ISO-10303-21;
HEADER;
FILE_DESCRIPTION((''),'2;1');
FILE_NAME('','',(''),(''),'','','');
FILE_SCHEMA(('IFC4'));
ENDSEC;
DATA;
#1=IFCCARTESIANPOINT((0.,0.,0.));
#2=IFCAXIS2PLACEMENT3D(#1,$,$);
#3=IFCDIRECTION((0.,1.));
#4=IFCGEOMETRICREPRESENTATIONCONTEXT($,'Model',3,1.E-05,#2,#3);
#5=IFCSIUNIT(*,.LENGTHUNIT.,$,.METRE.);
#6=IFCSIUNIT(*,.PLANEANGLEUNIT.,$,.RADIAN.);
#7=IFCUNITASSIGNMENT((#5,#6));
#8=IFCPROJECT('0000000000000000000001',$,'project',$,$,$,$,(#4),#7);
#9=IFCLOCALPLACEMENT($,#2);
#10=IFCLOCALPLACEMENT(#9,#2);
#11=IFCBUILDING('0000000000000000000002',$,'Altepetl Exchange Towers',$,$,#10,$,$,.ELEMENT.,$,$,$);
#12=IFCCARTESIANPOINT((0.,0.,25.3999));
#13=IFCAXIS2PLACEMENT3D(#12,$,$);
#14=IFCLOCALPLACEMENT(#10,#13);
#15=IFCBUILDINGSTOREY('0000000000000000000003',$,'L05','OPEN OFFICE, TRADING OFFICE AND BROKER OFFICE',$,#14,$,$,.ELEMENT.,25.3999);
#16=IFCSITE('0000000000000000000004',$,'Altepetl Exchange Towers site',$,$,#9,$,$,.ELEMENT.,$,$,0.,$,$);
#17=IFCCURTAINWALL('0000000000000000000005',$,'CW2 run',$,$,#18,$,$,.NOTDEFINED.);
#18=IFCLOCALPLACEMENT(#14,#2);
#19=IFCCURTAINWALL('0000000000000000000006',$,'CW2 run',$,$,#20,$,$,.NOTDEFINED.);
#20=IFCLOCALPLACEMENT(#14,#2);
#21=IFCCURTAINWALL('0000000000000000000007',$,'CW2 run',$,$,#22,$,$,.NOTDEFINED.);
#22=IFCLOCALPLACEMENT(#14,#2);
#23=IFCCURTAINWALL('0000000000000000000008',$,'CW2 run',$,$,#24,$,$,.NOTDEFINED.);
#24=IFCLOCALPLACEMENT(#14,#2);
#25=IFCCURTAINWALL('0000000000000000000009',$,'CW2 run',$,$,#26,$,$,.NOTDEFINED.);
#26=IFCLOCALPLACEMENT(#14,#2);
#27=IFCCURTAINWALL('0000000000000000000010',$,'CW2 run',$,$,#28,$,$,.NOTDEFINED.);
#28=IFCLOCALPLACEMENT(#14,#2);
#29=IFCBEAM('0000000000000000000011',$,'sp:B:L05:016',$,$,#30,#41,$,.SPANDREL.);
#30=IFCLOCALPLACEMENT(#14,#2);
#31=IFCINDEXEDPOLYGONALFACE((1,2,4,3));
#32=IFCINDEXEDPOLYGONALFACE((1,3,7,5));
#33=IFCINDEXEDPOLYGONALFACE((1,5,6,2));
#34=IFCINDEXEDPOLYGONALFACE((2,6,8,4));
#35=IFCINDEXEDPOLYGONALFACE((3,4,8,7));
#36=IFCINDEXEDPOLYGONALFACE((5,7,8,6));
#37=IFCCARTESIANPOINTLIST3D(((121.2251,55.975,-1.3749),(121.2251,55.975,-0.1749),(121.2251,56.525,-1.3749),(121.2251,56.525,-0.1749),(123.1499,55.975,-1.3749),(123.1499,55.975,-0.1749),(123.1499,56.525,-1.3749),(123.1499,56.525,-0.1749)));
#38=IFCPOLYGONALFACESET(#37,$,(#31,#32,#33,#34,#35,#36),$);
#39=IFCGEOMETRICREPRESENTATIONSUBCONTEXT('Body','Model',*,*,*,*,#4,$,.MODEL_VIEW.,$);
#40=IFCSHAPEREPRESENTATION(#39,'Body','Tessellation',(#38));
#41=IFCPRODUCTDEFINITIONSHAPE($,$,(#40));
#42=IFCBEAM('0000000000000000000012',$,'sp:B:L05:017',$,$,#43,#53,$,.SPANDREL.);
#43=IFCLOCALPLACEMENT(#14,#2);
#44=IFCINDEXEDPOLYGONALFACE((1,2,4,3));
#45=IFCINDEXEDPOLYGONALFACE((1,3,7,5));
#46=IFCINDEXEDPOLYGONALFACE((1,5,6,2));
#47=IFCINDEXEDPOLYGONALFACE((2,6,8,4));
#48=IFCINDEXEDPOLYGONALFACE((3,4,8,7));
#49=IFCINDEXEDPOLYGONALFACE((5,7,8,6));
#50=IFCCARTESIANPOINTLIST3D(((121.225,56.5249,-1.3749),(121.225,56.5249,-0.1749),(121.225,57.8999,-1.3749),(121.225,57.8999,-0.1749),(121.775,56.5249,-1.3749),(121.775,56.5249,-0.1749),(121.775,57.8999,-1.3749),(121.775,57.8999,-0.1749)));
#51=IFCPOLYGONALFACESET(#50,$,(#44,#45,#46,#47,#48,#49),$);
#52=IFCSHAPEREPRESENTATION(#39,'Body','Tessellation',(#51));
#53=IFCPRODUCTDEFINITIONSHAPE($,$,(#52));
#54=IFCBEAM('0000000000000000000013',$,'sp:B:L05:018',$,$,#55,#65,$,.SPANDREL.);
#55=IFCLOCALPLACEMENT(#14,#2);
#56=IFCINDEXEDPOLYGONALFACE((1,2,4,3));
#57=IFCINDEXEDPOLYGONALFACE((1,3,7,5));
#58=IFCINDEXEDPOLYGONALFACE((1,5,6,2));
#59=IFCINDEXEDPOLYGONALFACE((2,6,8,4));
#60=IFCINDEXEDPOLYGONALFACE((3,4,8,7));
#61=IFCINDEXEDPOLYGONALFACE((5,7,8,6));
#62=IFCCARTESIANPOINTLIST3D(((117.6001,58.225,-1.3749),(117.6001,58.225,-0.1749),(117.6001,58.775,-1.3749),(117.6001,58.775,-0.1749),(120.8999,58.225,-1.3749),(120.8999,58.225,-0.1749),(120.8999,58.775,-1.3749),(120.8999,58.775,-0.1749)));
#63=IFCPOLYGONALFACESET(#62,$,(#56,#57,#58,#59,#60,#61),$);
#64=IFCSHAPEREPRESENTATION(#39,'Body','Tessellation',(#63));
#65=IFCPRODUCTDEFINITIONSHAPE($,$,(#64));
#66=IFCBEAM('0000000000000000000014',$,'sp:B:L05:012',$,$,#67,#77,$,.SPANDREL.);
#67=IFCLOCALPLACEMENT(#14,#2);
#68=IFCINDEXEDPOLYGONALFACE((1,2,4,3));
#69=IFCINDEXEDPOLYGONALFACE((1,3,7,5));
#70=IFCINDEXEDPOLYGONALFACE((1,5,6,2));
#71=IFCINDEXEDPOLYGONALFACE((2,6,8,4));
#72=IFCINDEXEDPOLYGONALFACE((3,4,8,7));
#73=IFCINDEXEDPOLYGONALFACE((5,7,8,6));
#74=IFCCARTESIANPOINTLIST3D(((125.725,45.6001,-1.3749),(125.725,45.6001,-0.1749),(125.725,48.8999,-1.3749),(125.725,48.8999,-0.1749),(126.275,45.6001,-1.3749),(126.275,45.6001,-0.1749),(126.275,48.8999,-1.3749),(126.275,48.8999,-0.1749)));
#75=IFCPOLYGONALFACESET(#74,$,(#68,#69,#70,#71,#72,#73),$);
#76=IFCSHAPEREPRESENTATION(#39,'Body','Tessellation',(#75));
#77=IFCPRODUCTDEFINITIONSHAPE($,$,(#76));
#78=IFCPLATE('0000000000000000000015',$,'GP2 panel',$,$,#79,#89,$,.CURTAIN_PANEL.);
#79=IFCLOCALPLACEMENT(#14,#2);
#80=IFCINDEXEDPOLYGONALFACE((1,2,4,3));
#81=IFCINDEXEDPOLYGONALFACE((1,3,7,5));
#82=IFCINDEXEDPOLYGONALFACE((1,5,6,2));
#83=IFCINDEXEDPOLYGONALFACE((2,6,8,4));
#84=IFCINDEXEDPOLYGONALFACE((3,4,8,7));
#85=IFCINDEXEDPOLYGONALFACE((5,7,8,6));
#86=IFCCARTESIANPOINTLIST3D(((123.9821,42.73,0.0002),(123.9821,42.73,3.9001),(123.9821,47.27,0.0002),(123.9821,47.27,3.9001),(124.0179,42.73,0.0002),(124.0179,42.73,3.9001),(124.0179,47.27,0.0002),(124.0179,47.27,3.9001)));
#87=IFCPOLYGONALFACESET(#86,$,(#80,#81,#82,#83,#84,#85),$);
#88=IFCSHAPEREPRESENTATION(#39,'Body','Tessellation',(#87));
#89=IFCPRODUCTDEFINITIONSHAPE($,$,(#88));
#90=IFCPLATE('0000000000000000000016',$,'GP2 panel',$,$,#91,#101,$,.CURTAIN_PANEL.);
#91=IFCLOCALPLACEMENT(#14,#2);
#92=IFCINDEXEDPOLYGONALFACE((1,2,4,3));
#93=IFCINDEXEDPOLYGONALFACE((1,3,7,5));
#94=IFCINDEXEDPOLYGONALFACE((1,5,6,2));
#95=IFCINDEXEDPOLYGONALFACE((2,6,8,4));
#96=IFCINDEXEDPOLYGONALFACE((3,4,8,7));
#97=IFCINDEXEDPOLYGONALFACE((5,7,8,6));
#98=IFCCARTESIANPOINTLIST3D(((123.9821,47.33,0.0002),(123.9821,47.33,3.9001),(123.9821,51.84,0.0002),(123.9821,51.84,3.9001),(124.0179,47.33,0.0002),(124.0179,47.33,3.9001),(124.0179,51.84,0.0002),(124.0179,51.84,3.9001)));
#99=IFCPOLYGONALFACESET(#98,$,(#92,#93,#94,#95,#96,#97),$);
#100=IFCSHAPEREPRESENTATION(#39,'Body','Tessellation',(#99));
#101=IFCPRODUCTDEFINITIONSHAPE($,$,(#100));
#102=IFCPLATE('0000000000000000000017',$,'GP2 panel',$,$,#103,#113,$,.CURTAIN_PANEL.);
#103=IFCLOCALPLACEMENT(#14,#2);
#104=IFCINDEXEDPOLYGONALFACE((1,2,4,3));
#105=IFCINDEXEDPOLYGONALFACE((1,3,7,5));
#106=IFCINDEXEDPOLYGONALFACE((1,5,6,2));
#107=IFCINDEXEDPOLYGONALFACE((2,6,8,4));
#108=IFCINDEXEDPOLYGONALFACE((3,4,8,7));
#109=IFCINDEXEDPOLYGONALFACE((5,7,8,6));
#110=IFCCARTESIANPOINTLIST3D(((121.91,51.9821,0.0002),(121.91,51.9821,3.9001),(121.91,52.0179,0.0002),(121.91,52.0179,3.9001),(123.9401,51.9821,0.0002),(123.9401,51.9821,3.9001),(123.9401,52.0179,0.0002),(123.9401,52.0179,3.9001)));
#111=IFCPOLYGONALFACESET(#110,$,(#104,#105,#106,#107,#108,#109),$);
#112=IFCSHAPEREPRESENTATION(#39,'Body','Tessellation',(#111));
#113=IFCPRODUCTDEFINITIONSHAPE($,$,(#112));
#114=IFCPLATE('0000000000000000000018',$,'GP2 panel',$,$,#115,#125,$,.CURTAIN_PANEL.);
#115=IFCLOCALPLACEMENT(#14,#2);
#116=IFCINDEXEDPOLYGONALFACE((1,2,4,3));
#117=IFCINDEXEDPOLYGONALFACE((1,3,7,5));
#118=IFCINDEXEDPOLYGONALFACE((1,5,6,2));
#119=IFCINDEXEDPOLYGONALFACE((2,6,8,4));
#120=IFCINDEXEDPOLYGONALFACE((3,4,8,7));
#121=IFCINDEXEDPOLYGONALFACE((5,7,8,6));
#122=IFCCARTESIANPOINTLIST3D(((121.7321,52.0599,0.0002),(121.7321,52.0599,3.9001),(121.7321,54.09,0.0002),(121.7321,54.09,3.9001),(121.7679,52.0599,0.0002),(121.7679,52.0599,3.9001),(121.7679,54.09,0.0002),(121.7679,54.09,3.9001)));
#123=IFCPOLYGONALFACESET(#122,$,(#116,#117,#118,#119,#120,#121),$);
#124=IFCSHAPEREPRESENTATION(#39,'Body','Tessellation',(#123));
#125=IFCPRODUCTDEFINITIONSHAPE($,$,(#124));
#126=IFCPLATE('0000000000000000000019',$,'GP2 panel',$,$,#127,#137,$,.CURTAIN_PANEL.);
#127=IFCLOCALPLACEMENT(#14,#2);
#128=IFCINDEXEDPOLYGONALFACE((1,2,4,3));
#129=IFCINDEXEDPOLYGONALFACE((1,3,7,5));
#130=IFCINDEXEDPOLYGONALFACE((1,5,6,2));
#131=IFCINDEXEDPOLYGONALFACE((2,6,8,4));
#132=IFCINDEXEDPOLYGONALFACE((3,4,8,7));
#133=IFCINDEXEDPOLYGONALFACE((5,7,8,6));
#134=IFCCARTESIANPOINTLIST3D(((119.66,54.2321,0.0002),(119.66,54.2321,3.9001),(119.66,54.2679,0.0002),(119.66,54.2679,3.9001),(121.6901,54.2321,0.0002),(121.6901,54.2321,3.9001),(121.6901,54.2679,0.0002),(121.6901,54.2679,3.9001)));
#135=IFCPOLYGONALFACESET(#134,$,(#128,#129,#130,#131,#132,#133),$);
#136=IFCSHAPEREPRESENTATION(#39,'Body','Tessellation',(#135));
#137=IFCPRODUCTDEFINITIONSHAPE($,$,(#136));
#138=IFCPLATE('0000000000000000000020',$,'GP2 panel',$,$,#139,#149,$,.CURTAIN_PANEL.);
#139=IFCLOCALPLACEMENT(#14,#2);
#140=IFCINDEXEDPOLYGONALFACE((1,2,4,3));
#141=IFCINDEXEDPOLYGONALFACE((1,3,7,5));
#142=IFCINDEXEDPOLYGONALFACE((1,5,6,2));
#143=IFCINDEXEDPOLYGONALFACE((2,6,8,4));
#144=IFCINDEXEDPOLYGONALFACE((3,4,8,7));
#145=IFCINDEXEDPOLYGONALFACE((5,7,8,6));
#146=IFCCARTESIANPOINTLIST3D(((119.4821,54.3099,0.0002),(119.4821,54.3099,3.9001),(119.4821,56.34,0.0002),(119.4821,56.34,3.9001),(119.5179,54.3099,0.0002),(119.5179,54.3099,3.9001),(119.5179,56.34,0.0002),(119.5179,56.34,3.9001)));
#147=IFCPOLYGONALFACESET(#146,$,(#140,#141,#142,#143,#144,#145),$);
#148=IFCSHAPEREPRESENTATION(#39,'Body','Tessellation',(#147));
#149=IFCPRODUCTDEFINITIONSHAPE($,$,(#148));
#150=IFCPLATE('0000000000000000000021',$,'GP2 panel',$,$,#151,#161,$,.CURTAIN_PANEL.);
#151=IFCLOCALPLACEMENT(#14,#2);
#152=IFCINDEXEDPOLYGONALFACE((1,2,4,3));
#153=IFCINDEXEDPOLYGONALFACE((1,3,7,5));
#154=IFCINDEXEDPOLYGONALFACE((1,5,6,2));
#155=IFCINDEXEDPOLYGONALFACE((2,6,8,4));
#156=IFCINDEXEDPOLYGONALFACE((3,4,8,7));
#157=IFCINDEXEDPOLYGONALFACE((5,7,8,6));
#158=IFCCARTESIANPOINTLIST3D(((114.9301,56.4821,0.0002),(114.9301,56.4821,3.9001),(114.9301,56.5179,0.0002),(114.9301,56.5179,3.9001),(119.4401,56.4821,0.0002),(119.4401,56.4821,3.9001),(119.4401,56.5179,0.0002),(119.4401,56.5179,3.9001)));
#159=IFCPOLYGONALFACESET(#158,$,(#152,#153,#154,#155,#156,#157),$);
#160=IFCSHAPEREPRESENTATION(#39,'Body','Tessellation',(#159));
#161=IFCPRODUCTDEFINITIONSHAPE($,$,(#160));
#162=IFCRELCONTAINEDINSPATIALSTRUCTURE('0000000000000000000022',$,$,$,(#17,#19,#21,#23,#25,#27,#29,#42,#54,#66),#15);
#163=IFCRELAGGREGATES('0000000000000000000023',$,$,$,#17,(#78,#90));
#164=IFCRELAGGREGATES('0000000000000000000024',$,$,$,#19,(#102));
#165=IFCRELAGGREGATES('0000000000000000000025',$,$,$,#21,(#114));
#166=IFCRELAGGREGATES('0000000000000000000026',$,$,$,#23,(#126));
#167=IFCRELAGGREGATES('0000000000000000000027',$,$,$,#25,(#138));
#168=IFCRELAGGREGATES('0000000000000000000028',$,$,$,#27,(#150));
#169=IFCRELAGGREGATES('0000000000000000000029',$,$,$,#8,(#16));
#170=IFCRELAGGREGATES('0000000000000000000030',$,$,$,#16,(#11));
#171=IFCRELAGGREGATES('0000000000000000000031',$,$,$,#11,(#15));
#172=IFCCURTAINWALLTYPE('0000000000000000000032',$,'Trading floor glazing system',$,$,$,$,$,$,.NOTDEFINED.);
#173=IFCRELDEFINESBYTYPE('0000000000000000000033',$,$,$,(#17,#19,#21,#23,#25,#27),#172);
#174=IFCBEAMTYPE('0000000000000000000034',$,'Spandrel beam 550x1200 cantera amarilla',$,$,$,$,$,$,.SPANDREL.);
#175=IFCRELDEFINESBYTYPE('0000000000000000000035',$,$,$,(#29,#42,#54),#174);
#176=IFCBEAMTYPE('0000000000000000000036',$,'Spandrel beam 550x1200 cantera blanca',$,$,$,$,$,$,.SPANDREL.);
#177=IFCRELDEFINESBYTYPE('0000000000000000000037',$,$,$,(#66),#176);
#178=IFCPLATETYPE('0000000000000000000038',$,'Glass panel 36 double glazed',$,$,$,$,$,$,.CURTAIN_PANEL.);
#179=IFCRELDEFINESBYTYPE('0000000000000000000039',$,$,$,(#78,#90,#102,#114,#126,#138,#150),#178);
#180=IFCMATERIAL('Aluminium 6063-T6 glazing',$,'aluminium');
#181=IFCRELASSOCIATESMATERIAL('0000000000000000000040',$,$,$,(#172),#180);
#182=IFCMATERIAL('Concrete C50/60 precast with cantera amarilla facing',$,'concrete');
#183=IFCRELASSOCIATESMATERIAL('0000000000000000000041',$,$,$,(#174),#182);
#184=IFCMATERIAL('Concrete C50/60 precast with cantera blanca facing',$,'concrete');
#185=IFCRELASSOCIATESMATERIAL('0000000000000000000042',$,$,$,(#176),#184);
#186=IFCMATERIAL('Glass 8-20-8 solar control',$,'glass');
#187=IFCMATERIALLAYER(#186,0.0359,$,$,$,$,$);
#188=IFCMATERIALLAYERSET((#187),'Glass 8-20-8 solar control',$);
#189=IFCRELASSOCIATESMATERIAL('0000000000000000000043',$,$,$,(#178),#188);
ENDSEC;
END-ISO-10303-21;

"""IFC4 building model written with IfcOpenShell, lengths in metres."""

from ifc_helpers import new_model, si_unit, direction, frame, origin, origin_2d, place, context, subcontext, project, spatial, rectangle, extrude, material, layer, layer_set, material_profile, profile_set, type_object, element, aggregate, save


model = new_model("IFC4")

# Units and contexts
model_context = context("Model", 3, precision=1e-05, world=origin(), true_north=direction((0.0, 1.0)))
body_context = subcontext(model_context, "Body", "Model", "MODEL_VIEW")
ifc_project = project(units=[si_unit("LENGTHUNIT", "METRE"), si_unit("PLANEANGLEUNIT", "RADIAN")], contexts=[model_context])

# Site, building, storey
site_placement = place(None, origin())
site = spatial("IfcSite", under=ifc_project, at=site_placement, Name="Altepetl Exchange Towers site", CompositionType="ELEMENT", RefElevation=0.0)
building_placement = place(site_placement, origin())
building = spatial("IfcBuilding", under=site, at=building_placement, Name="Altepetl Exchange Towers", CompositionType="ELEMENT")
storey_placement = place(building_placement, frame((0.0, 0.0, 25.3999)))
storey = spatial("IfcBuildingStorey", under=building, at=storey_placement, Name="L05", Description="OPEN OFFICE, TRADING OFFICE AND BROKER OFFICE", CompositionType="ELEMENT", Elevation=25.3999)

# Curtain walls
ifc_material_1 = material(Name="Aluminium 6063-T6 glazing", Category="aluminium")
curtain_wall_type = type_object("IfcCurtainWallType", Name="Trading floor glazing system", PredefinedType="NOTDEFINED", material=ifc_material_1)
curtain_wall_1_placement = place(storey_placement, origin())
curtain_wall_1 = element("IfcCurtainWall", 1, at=curtain_wall_1_placement, inside=storey, type_object=curtain_wall_type, Name="CW2 run", PredefinedType="NOTDEFINED")
curtain_wall_2_placement = place(storey_placement, origin())
curtain_wall_2 = element("IfcCurtainWall", 2, at=curtain_wall_2_placement, inside=storey, type_object=curtain_wall_type, Name="CW2 run", PredefinedType="NOTDEFINED")
curtain_wall_3_placement = place(storey_placement, origin())
curtain_wall_3 = element("IfcCurtainWall", 3, at=curtain_wall_3_placement, inside=storey, type_object=curtain_wall_type, Name="CW2 run", PredefinedType="NOTDEFINED")
curtain_wall_4_placement = place(storey_placement, origin())
curtain_wall_4 = element("IfcCurtainWall", 4, at=curtain_wall_4_placement, inside=storey, type_object=curtain_wall_type, Name="CW2 run", PredefinedType="NOTDEFINED")
curtain_wall_5_placement = place(storey_placement, origin())
curtain_wall_5 = element("IfcCurtainWall", 5, at=curtain_wall_5_placement, inside=storey, type_object=curtain_wall_type, Name="CW2 run", PredefinedType="NOTDEFINED")

# Curtain wall
curtain_wall_6_placement = place(storey_placement, origin())
curtain_wall_6 = element("IfcCurtainWall", 6, at=curtain_wall_6_placement, inside=storey, type_object=curtain_wall_type, Name="CW2 run", PredefinedType="NOTDEFINED")

# Beams
ifc_material_2 = material(Name="Concrete C50/60 precast with cantera amarilla facing", Category="concrete")
ifc_material_profile_1 = material_profile(ifc_material_2, rectangle(XDim=0.55, YDim=1.2, at=origin_2d()), Name="550 x 1200")
ifc_profile_set_1 = profile_set([ifc_material_profile_1], Name="Concrete C50/60 precast with cantera amarilla facing")
beam_type_1 = type_object("IfcBeamType", Name="Spandrel beam 550x1200 cantera amarilla", PredefinedType="SPANDREL", material=ifc_profile_set_1)
beam_1_placement = place(storey_placement, frame((123.1499, 56.25, -0.7749), z_axis=(-1.0, 0.0, 0.0), x_axis=(0.0, -1.0, 0.0)))
element("IfcBeam", 7, at=beam_1_placement, inside=storey, type_object=beam_type_1, Name="sp:B:L05:016", PredefinedType="SPANDREL", context=body_context, shape_type="SweptSolid", body=[
    extrude(rectangle(XDim=0.55, YDim=1.2, at=origin_2d()), origin(), (0.0, 0.0, 1.0), 1.9248),
])
beam_2_placement = place(storey_placement, frame((121.5, 56.5249, -0.7749), z_axis=(0.0, 1.0, 0.0), x_axis=(-1.0, 0.0, 0.0)))
element("IfcBeam", 8, at=beam_2_placement, inside=storey, type_object=beam_type_1, Name="sp:B:L05:017", PredefinedType="SPANDREL", context=body_context, shape_type="SweptSolid", body=[
    extrude(rectangle(XDim=0.55, YDim=1.2, at=origin_2d()), origin(), (0.0, 0.0, 1.0), 1.375),
])
beam_3_placement = place(storey_placement, frame((120.8999, 58.5, -0.7749), z_axis=(-1.0, 0.0, 0.0), x_axis=(0.0, -1.0, 0.0)))
element("IfcBeam", 9, at=beam_3_placement, inside=storey, type_object=beam_type_1, Name="sp:B:L05:018", PredefinedType="SPANDREL", context=body_context, shape_type="SweptSolid", body=[
    extrude(rectangle(XDim=0.55, YDim=1.2, at=origin_2d()), origin(), (0.0, 0.0, 1.0), 3.2998),
])
ifc_material_3 = material(Name="Concrete C50/60 precast with cantera blanca facing", Category="concrete")
ifc_material_profile_2 = material_profile(ifc_material_3, rectangle(XDim=0.55, YDim=1.2, at=origin_2d()), Name="550 x 1200")
ifc_profile_set_2 = profile_set([ifc_material_profile_2], Name="Concrete C50/60 precast with cantera blanca facing")
beam_type_2 = type_object("IfcBeamType", Name="Spandrel beam 550x1200 cantera blanca", PredefinedType="SPANDREL", material=ifc_profile_set_2)
beam_4_placement = place(storey_placement, frame((126.0, 45.6001, -0.7749), z_axis=(0.0, 1.0, 0.0), x_axis=(-1.0, 0.0, 0.0)))
element("IfcBeam", 10, at=beam_4_placement, inside=storey, type_object=beam_type_2, Name="sp:B:L05:012", PredefinedType="SPANDREL", context=body_context, shape_type="SweptSolid", body=[
    extrude(rectangle(XDim=0.55, YDim=1.2, at=origin_2d()), origin(), (0.0, 0.0, 1.0), 3.2998),
])

# Plates
ifc_material_4 = material(Name="Glass 8-20-8 solar control", Category="glass")
ifc_layer = layer(ifc_material_4, 0.0359)
ifc_layer_set = layer_set([ifc_layer], Name="Glass 8-20-8 solar control")
plate_type = type_object("IfcPlateType", Name="Glass panel 36 double glazed", PredefinedType="CURTAIN_PANEL", material=ifc_layer_set)
plate_1_placement = place(storey_placement, frame((124.0, 45.0, 0.0002), z_axis=(0.0, 0.0, 1.0), x_axis=(0.0, 1.0, 0.0)))
plate_1 = element("IfcPlate", 11, at=plate_1_placement, type_object=plate_type, Name="GP2 panel", PredefinedType="CURTAIN_PANEL", context=body_context, shape_type="SweptSolid", body=[
    extrude(rectangle(XDim=4.54, YDim=0.0359, at=origin_2d()), origin(), (0.0, 0.0, 1.0), 3.8999),
])
plate_2_placement = place(storey_placement, frame((124.0, 49.585, 0.0002), z_axis=(0.0, 0.0, 1.0), x_axis=(0.0, 1.0, 0.0)))
plate_2 = element("IfcPlate", 12, at=plate_2_placement, type_object=plate_type, Name="GP2 panel", PredefinedType="CURTAIN_PANEL", context=body_context, shape_type="SweptSolid", body=[
    extrude(rectangle(XDim=4.51, YDim=0.0359, at=origin_2d()), origin(), (0.0, 0.0, 1.0), 3.8999),
])
aggregate(curtain_wall_1, [plate_1, plate_2])
plate_3_placement = place(storey_placement, frame((122.925, 52.0, 0.0002), z_axis=(0.0, 0.0, 1.0), x_axis=(-1.0, 0.0, 0.0)))
plate_3 = element("IfcPlate", 13, at=plate_3_placement, type_object=plate_type, Name="GP2 panel", PredefinedType="CURTAIN_PANEL", context=body_context, shape_type="SweptSolid", body=[
    extrude(rectangle(XDim=2.03, YDim=0.0359, at=origin_2d()), origin(), (0.0, 0.0, 1.0), 3.8999),
])
aggregate(curtain_wall_2, [plate_3])
plate_4_placement = place(storey_placement, frame((121.75, 53.075, 0.0002), z_axis=(0.0, 0.0, 1.0), x_axis=(0.0, 1.0, 0.0)))
plate_4 = element("IfcPlate", 14, at=plate_4_placement, type_object=plate_type, Name="GP2 panel", PredefinedType="CURTAIN_PANEL", context=body_context, shape_type="SweptSolid", body=[
    extrude(rectangle(XDim=2.03, YDim=0.0359, at=origin_2d()), origin(), (0.0, 0.0, 1.0), 3.8999),
])
aggregate(curtain_wall_3, [plate_4])
plate_5_placement = place(storey_placement, frame((120.675, 54.25, 0.0002), z_axis=(0.0, 0.0, 1.0), x_axis=(-1.0, 0.0, 0.0)))
plate_5 = element("IfcPlate", 15, at=plate_5_placement, type_object=plate_type, Name="GP2 panel", PredefinedType="CURTAIN_PANEL", context=body_context, shape_type="SweptSolid", body=[
    extrude(rectangle(XDim=2.03, YDim=0.0359, at=origin_2d()), origin(), (0.0, 0.0, 1.0), 3.8999),
])
aggregate(curtain_wall_4, [plate_5])
plate_6_placement = place(storey_placement, frame((119.5, 55.325, 0.0002), z_axis=(0.0, 0.0, 1.0), x_axis=(0.0, 1.0, 0.0)))
plate_6 = element("IfcPlate", 16, at=plate_6_placement, type_object=plate_type, Name="GP2 panel", PredefinedType="CURTAIN_PANEL", context=body_context, shape_type="SweptSolid", body=[
    extrude(rectangle(XDim=2.03, YDim=0.0359, at=origin_2d()), origin(), (0.0, 0.0, 1.0), 3.8999),
])
aggregate(curtain_wall_5, [plate_6])
plate_7_placement = place(storey_placement, frame((117.1851, 56.5, 0.0002), z_axis=(0.0, 0.0, 1.0), x_axis=(-1.0, 0.0, 0.0)))
plate_7 = element("IfcPlate", 17, at=plate_7_placement, type_object=plate_type, Name="GP2 panel", PredefinedType="CURTAIN_PANEL", context=body_context, shape_type="SweptSolid", body=[
    extrude(rectangle(XDim=4.51, YDim=0.0359, at=origin_2d()), origin(), (0.0, 0.0, 1.0), 3.8999),
])
aggregate(curtain_wall_6, [plate_7])

save(model, "model.ifc")
